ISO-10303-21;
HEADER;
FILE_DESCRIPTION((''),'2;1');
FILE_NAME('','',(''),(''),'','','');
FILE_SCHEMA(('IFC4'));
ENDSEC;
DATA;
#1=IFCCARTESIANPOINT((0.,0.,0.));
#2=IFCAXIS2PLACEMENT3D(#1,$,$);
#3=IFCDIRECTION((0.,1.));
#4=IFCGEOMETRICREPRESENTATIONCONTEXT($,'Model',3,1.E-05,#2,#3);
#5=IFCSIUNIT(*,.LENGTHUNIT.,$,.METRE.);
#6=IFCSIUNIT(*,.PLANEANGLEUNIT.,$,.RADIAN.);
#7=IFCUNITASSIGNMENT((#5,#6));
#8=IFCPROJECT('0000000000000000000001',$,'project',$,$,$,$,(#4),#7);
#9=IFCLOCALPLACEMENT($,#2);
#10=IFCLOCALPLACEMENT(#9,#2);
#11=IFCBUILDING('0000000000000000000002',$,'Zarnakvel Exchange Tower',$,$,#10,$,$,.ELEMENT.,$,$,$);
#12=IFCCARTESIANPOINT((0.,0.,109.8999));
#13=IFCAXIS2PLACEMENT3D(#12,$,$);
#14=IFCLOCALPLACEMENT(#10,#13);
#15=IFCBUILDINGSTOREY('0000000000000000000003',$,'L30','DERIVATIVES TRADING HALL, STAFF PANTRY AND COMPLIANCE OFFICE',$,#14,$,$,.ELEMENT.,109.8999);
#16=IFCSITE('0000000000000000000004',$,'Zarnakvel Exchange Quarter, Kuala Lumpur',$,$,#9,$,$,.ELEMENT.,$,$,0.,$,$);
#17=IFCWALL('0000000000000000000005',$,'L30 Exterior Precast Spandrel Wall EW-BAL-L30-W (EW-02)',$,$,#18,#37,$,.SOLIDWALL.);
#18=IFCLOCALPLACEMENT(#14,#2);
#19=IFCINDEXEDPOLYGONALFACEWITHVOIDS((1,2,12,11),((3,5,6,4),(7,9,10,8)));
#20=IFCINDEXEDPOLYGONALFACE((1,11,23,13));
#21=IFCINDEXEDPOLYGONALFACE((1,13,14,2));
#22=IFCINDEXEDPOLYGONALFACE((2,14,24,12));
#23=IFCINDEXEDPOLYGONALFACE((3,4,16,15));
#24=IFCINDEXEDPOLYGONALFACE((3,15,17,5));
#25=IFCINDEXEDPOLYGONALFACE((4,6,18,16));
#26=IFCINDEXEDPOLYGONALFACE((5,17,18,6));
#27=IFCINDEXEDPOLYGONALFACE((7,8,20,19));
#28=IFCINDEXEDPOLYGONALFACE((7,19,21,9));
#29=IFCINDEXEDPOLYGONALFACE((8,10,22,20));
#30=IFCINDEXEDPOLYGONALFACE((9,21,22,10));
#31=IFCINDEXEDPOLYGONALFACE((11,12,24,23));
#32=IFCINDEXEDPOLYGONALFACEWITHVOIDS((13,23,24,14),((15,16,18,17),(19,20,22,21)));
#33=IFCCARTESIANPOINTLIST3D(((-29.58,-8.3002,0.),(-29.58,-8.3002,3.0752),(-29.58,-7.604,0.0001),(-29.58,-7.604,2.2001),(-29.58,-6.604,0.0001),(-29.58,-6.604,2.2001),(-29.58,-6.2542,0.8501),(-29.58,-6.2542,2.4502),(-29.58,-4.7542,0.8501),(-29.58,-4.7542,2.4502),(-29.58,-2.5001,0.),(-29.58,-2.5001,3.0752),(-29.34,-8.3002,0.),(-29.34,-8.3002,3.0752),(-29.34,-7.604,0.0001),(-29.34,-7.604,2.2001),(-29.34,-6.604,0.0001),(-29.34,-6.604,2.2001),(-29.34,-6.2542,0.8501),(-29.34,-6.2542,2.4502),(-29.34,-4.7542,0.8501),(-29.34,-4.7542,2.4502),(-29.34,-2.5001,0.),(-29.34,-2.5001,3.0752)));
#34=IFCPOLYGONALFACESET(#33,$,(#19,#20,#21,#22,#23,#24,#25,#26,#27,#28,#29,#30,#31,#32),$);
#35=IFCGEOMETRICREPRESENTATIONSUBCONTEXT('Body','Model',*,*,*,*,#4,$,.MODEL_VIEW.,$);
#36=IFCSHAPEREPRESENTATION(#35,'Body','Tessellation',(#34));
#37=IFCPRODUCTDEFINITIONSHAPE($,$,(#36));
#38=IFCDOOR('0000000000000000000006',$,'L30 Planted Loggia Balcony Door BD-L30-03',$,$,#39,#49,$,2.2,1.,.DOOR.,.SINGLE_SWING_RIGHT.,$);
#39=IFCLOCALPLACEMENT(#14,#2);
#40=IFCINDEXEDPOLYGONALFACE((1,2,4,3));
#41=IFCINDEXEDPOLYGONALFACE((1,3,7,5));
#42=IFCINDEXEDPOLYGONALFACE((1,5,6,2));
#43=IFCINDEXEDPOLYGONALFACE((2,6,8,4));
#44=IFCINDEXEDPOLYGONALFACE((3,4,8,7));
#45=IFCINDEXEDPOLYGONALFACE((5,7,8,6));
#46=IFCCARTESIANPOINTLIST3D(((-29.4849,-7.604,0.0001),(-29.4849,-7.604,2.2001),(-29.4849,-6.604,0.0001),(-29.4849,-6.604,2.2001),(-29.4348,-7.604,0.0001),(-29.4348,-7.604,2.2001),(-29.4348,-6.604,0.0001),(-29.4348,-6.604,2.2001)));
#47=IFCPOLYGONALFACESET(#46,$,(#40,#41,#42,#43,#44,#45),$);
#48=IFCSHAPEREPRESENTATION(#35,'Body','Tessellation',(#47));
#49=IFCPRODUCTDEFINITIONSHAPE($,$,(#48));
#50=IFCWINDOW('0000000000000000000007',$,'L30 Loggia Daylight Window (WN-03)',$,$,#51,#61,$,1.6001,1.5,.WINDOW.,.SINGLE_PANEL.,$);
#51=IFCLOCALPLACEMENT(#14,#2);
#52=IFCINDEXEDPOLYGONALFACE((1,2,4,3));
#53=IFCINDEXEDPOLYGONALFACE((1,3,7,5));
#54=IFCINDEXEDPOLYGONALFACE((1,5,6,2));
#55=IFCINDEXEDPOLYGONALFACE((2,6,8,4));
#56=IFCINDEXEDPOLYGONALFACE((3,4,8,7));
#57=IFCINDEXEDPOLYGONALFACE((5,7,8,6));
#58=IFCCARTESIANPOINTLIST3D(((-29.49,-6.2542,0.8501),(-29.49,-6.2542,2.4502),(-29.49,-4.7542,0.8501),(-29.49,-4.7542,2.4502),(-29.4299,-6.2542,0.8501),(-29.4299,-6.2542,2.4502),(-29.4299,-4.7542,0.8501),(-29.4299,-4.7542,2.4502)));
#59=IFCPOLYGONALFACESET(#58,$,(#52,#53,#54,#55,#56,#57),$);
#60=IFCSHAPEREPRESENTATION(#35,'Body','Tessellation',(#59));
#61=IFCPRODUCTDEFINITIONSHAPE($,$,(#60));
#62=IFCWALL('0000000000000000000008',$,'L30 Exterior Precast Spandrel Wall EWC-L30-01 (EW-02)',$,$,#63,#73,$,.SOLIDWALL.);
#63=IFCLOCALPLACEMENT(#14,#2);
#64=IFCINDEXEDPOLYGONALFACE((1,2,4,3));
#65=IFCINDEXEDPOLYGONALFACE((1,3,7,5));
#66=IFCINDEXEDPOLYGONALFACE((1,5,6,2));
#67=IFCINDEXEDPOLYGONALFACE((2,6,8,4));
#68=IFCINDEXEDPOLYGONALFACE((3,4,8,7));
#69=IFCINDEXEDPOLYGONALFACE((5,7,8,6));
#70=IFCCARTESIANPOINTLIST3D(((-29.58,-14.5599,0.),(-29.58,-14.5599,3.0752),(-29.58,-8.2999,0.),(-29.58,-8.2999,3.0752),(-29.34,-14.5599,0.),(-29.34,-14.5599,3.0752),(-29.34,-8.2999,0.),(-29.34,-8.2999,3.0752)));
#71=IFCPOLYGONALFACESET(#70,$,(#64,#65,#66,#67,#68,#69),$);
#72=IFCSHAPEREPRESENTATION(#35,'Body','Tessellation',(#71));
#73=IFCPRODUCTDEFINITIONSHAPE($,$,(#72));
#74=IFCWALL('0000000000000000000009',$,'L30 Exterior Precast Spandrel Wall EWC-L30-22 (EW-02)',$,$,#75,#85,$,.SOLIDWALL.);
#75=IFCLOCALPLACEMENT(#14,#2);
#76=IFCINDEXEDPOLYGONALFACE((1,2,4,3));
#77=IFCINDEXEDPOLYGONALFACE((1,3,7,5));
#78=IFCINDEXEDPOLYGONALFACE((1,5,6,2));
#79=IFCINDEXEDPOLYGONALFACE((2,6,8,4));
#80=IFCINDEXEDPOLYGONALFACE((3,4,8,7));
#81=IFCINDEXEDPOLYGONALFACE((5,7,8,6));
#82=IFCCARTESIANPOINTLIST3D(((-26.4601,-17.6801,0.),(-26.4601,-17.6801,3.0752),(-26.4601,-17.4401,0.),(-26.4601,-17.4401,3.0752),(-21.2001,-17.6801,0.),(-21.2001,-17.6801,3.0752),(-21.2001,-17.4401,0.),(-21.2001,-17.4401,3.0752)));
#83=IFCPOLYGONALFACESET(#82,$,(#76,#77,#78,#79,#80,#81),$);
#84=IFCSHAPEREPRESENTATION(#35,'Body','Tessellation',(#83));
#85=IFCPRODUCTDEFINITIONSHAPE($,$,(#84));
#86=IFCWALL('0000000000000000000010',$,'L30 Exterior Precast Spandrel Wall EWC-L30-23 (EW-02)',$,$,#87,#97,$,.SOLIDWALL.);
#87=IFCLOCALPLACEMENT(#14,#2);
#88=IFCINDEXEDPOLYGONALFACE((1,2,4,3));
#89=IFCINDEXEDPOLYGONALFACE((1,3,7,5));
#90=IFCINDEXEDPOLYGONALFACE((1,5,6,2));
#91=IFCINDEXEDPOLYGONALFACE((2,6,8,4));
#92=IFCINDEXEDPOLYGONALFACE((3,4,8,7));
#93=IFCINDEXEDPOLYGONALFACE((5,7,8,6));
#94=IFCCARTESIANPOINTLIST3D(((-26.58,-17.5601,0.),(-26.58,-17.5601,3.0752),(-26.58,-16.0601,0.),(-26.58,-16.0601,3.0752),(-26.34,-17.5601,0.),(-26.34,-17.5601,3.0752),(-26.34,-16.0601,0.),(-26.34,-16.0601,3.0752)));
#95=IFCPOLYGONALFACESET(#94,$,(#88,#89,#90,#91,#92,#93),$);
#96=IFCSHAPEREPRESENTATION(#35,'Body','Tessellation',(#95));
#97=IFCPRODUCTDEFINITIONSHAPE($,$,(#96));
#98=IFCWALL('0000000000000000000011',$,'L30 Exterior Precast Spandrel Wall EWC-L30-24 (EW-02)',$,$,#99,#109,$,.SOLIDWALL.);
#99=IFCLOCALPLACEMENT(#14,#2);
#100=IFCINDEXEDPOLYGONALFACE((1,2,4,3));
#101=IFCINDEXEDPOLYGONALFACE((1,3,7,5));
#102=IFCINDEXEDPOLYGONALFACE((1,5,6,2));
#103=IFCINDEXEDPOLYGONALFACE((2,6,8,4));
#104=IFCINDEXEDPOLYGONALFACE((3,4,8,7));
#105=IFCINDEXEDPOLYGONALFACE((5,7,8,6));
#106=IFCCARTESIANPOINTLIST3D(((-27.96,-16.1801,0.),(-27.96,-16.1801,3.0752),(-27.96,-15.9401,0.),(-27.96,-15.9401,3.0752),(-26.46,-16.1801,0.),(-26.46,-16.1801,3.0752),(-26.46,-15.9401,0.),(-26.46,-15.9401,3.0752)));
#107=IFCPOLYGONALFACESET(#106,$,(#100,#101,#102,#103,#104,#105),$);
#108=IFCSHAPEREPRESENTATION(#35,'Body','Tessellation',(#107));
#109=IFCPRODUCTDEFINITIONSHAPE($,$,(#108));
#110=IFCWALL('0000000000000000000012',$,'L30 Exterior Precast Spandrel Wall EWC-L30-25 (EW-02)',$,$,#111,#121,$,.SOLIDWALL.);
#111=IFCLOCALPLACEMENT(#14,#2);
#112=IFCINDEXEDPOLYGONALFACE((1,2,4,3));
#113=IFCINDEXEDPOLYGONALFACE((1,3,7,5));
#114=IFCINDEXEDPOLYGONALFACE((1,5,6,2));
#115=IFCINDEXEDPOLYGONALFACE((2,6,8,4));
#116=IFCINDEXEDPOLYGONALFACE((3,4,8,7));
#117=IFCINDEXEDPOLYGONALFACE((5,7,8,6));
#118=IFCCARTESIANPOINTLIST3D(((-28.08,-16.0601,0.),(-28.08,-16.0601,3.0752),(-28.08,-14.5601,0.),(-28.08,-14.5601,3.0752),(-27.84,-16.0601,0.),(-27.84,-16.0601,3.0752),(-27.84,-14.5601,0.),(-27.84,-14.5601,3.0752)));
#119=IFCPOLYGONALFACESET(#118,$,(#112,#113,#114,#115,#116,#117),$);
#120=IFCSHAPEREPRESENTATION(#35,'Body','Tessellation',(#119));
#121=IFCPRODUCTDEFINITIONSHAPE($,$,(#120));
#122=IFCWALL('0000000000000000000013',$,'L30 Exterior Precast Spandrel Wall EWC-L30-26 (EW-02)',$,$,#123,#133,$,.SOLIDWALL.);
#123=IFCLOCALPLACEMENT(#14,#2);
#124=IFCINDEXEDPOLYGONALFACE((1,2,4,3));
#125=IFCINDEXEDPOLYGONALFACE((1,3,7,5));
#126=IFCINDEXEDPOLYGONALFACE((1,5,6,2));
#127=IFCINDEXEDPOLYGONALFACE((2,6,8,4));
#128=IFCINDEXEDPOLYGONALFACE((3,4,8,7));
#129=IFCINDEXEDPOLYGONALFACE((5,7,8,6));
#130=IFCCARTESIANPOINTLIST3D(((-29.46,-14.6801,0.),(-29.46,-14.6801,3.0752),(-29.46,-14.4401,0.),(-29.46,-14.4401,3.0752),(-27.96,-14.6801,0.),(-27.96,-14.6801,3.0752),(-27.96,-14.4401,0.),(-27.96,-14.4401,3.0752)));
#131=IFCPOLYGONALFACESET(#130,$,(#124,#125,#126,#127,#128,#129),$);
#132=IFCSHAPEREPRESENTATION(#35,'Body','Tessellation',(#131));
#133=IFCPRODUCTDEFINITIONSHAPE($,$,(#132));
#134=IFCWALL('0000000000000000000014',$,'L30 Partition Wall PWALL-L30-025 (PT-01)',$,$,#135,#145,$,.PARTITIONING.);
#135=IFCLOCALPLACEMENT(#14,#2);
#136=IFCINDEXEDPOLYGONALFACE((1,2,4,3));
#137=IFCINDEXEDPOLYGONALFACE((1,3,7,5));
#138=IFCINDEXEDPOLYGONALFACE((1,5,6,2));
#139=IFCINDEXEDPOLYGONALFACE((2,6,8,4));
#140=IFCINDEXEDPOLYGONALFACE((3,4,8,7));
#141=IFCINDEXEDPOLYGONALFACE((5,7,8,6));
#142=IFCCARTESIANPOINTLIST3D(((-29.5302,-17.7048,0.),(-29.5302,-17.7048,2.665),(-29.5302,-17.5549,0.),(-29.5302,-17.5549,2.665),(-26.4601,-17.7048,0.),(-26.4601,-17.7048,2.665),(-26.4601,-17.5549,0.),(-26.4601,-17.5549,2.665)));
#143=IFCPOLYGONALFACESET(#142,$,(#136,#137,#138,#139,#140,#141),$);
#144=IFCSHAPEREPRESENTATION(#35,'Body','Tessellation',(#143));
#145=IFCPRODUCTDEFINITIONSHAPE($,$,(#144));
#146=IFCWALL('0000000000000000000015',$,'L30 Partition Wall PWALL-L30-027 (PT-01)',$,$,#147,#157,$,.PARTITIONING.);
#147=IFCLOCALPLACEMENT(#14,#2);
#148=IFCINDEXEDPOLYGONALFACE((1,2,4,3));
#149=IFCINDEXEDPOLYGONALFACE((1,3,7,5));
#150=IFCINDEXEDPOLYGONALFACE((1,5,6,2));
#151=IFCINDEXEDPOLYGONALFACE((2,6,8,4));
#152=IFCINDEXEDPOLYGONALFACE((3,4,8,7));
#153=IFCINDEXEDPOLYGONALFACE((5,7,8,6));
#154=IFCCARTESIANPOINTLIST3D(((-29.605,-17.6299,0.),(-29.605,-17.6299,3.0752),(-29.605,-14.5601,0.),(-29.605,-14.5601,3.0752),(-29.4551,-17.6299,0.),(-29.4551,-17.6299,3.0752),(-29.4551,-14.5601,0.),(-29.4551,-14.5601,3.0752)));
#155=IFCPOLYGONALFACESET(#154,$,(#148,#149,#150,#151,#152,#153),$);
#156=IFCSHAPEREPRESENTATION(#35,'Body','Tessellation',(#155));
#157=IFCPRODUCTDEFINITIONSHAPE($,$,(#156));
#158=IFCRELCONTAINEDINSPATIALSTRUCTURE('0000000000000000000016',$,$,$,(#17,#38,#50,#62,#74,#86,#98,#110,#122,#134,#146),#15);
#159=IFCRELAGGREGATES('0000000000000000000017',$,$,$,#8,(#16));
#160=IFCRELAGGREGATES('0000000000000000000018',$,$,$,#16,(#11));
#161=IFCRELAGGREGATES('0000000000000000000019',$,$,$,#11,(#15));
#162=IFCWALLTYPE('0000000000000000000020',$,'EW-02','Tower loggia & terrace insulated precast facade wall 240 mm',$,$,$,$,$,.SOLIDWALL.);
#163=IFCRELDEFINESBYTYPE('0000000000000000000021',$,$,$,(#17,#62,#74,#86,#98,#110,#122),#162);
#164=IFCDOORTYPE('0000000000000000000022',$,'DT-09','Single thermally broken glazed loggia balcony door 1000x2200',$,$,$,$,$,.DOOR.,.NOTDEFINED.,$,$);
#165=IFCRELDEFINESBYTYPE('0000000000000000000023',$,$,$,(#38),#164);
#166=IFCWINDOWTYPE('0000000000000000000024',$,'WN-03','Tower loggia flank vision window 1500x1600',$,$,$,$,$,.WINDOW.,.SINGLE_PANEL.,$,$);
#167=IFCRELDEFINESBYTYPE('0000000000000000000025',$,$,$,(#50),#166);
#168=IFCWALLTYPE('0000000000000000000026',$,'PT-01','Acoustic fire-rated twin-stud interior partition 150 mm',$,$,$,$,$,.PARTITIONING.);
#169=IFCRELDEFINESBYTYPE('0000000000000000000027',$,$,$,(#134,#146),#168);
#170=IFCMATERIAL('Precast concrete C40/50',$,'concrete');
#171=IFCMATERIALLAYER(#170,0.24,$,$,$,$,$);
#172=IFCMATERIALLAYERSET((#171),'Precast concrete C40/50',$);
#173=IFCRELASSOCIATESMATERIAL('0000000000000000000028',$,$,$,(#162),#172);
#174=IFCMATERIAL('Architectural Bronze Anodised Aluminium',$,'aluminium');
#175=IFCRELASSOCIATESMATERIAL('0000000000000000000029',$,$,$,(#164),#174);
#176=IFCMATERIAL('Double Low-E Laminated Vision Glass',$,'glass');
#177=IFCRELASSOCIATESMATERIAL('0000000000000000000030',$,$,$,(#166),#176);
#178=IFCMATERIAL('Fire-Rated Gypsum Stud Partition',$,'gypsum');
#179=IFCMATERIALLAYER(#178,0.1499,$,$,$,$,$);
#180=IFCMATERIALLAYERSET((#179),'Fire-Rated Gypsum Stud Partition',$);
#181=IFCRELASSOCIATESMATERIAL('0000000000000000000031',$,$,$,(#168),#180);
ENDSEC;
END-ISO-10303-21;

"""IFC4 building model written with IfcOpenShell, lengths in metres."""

from ifc_helpers import new_model, si_unit, direction, frame, frame_2d, origin, place, context, subcontext, project, spatial, rectangle, extrude, source, transform, mapped, material, layer, layer_set, type_object, element, fill, save


model = new_model("IFC4")

# Units and contexts
model_context = context("Model", 3, precision=1e-05, world=origin(), true_north=direction((0.0, 1.0)))
body_context = subcontext(model_context, "Body", "Model", "MODEL_VIEW")
ifc_project = project(units=[si_unit("LENGTHUNIT", "METRE"), si_unit("PLANEANGLEUNIT", "RADIAN")], contexts=[model_context])

# Site, building, storey
site_placement = place(None, origin())
site = spatial("IfcSite", under=ifc_project, at=site_placement, Name="Zarnakvel Exchange Quarter, Kuala Lumpur", CompositionType="ELEMENT", RefElevation=0.0)
building_placement = place(site_placement, origin())
building = spatial("IfcBuilding", under=site, at=building_placement, Name="Zarnakvel Exchange Tower", CompositionType="ELEMENT")
storey_placement = place(building_placement, frame((0.0, 0.0, 109.8999)))
storey = spatial("IfcBuildingStorey", under=building, at=storey_placement, Name="L30", Description="DERIVATIVES TRADING HALL, STAFF PANTRY AND COMPLIANCE OFFICE", CompositionType="ELEMENT", Elevation=109.8999)

# Wall, openings, door, window
ifc_material_1 = material(Name="Precast concrete C40/50", Category="concrete")
ifc_layer_1 = layer(ifc_material_1, 0.24)
ifc_layer_set_1 = layer_set([ifc_layer_1], Name="Precast concrete C40/50")
wall_type_1 = type_object("IfcWallType", Name="EW-02", Description="Tower loggia & terrace insulated precast facade wall 240 mm", PredefinedType="SOLIDWALL", material=ifc_layer_set_1)
wall_1_placement = place(storey_placement, frame((-29.46, -8.3, 0.0), z_axis=(0.0, 0.0, 1.0), x_axis=(0.0, 1.0, 0.0)))
wall_1 = element("IfcWall", 1, at=wall_1_placement, inside=storey, type_object=wall_type_1, Name="L30 Exterior Precast Spandrel Wall EW-BAL-L30-W (EW-02)", PredefinedType="SOLIDWALL", context=body_context, shape_type="SweptSolid", body=[
    extrude(rectangle(XDim=5.8, YDim=0.24, at=frame_2d((2.8999, 0.0))), origin(), (0.0, 0.0, 1.0), 3.0752),
])
opening_1_placement = place(wall_1_placement, frame((0.696, 0.0, 0.0)))
opening_1 = element("IfcOpeningElement", 2, at=opening_1_placement, cuts=wall_1, PredefinedType="OPENING", context=body_context, shape_type="SweptSolid", body=[
    extrude(rectangle(XDim=1.0, YDim=2.2, at=frame_2d((0.5, 1.1001))), frame((0.0, 0.1299, 0.0), z_axis=(0.0, -1.0, 0.0), x_axis=(1.0, 0.0, 0.0)), (0.0, 0.0, 1.0), 0.26),
])
opening_2_placement = place(wall_1_placement, frame((2.0459, 0.0, 0.8501)))
opening_2 = element("IfcOpeningElement", 3, at=opening_2_placement, cuts=wall_1, PredefinedType="OPENING", context=body_context, shape_type="SweptSolid", body=[
    extrude(rectangle(XDim=1.5, YDim=1.6001, at=frame_2d((0.75, 0.8))), frame((0.0, 0.1299, 0.0), z_axis=(0.0, -1.0, 0.0), x_axis=(1.0, 0.0, 0.0)), (0.0, 0.0, 1.0), 0.26),
])
ifc_material_2 = material(Name="Architectural Bronze Anodised Aluminium", Category="aluminium")
door_type = type_object("IfcDoorType", Name="DT-09", Description="Single thermally broken glazed loggia balcony door 1000x2200", OperationType="NOTDEFINED", PredefinedType="DOOR", material=ifc_material_2)
shared_shape_1 = source(origin(), body_context, "Body", "SweptSolid", [
    extrude(rectangle(XDim=1.0, YDim=2.2, at=frame_2d((0.5, 1.1001))), frame((0.0, 0.0249, 0.0), z_axis=(0.0, -1.0, 0.0), x_axis=(1.0, 0.0, 0.0)), (0.0, 0.0, 1.0), 0.05),
])
door_placement = place(opening_1_placement, origin())
door = element("IfcDoor", 4, at=door_placement, inside=storey, type_object=door_type, Name="L30 Planted Loggia Balcony Door BD-L30-03", OperationType="SINGLE_SWING_RIGHT", OverallHeight=2.2, OverallWidth=1.0, PredefinedType="DOOR", context=body_context, shape_type="MappedRepresentation", body=[
    mapped(shared_shape_1, transform((0.0, 0.0, 0.0), x_axis=(1.0, 0.0, 0.0), y_axis=(0.0, 1.0, 0.0), z_axis=(0.0, 0.0, 1.0), scale=1.0)),
])
fill(opening_1, door)
ifc_material_3 = material(Name="Double Low-E Laminated Vision Glass", Category="glass")
window_type = type_object("IfcWindowType", Name="WN-03", Description="Tower loggia flank vision window 1500x1600", PartitioningType="SINGLE_PANEL", PredefinedType="WINDOW", material=ifc_material_3)
shared_shape_2 = source(origin(), body_context, "Body", "SweptSolid", [
    extrude(rectangle(XDim=1.5, YDim=1.6001, at=frame_2d((0.75, 0.8))), frame((0.0, 0.03, 0.0), z_axis=(0.0, -1.0, 0.0), x_axis=(1.0, 0.0, 0.0)), (0.0, 0.0, 1.0), 0.0601),
])
window_placement = place(opening_2_placement, origin())
window = element("IfcWindow", 5, at=window_placement, inside=storey, type_object=window_type, Name="L30 Loggia Daylight Window (WN-03)", OverallHeight=1.6001, OverallWidth=1.5, PartitioningType="SINGLE_PANEL", PredefinedType="WINDOW", context=body_context, shape_type="MappedRepresentation", body=[
    mapped(shared_shape_2, transform((0.0, 0.0, 0.0), x_axis=(1.0, 0.0, 0.0), y_axis=(0.0, 1.0, 0.0), z_axis=(0.0, 0.0, 1.0), scale=1.0)),
])
fill(opening_2, window)

# Walls
wall_2_placement = place(storey_placement, frame((-29.46, -8.3, 0.0), z_axis=(0.0, 0.0, 1.0), x_axis=(0.0, -1.0, 0.0)))
element("IfcWall", 6, at=wall_2_placement, inside=storey, type_object=wall_type_1, Name="L30 Exterior Precast Spandrel Wall EWC-L30-01 (EW-02)", PredefinedType="SOLIDWALL", context=body_context, shape_type="SweptSolid", body=[
    extrude(rectangle(XDim=6.26, YDim=0.24, at=frame_2d((3.1299, 0.0))), origin(), (0.0, 0.0, 1.0), 3.0752),
])
wall_3_placement = place(storey_placement, frame((-26.46, -17.5601, 0.0), z_axis=(0.0, 0.0, 1.0), x_axis=(1.0, 0.0, 0.0)))
element("IfcWall", 7, at=wall_3_placement, inside=storey, type_object=wall_type_1, Name="L30 Exterior Precast Spandrel Wall EWC-L30-22 (EW-02)", PredefinedType="SOLIDWALL", context=body_context, shape_type="SweptSolid", body=[
    extrude(rectangle(XDim=5.26, YDim=0.24, at=frame_2d((2.6299, 0.0))), origin(), (0.0, 0.0, 1.0), 3.0752),
])
for number, where, z_axis, x_axis, name in (
    (8, (-26.46, -16.0601, 0.0), (0.0, 0.0, 1.0), (0.0, -1.0, 0.0), "L30 Exterior Precast Spandrel Wall EWC-L30-23 (EW-02)"),
    (9, (-27.96, -16.0601, 0.0), (0.0, 0.0, 1.0), (1.0, 0.0, 0.0), "L30 Exterior Precast Spandrel Wall EWC-L30-24 (EW-02)"),
    (10, (-27.96, -14.5601, 0.0), (0.0, 0.0, 1.0), (0.0, -1.0, 0.0), "L30 Exterior Precast Spandrel Wall EWC-L30-25 (EW-02)"),
    (11, (-29.46, -14.5601, 0.0), (0.0, 0.0, 1.0), (1.0, 0.0, 0.0), "L30 Exterior Precast Spandrel Wall EWC-L30-26 (EW-02)"),
):
    element("IfcWall", number, at=place(storey_placement, frame(where, z_axis=z_axis, x_axis=x_axis)), inside=storey, type_object=wall_type_1, Name=name, PredefinedType="SOLIDWALL", context=body_context, shape_type="SweptSolid", body=[
        extrude(rectangle(XDim=1.5, YDim=0.24, at=frame_2d((0.75, 0.0))), origin(), (0.0, 0.0, 1.0), 3.0752),
    ])
ifc_material_4 = material(Name="Fire-Rated Gypsum Stud Partition", Category="gypsum")
ifc_layer_2 = layer(ifc_material_4, 0.1499)
ifc_layer_set_2 = layer_set([ifc_layer_2], Name="Fire-Rated Gypsum Stud Partition")
wall_type_2 = type_object("IfcWallType", Name="PT-01", Description="Acoustic fire-rated twin-stud interior partition 150 mm", PredefinedType="PARTITIONING", material=ifc_layer_set_2)
wall_4_placement = place(storey_placement, frame((-26.46, -17.6299, 0.0), z_axis=(0.0, 0.0, 1.0), x_axis=(-1.0, 0.0, 0.0)))
element("IfcWall", 12, at=wall_4_placement, inside=storey, type_object=wall_type_2, Name="L30 Partition Wall PWALL-L30-025 (PT-01)", PredefinedType="PARTITIONING", context=body_context, shape_type="SweptSolid", body=[
    extrude(rectangle(XDim=3.0701, YDim=0.1499, at=frame_2d((1.5352, 0.0))), origin(), (0.0, 0.0, 1.0), 2.665),
])
wall_5_placement = place(storey_placement, frame((-29.53, -17.6299, 0.0), z_axis=(0.0, 0.0, 1.0), x_axis=(0.0, 1.0, 0.0)))
element("IfcWall", 13, at=wall_5_placement, inside=storey, type_object=wall_type_2, Name="L30 Partition Wall PWALL-L30-027 (PT-01)", PredefinedType="PARTITIONING", context=body_context, shape_type="SweptSolid", body=[
    extrude(rectangle(XDim=3.0698, YDim=0.1499, at=frame_2d((1.5349, 0.0))), origin(), (0.0, 0.0, 1.0), 3.0752),
])

save(model, "model.ifc")
